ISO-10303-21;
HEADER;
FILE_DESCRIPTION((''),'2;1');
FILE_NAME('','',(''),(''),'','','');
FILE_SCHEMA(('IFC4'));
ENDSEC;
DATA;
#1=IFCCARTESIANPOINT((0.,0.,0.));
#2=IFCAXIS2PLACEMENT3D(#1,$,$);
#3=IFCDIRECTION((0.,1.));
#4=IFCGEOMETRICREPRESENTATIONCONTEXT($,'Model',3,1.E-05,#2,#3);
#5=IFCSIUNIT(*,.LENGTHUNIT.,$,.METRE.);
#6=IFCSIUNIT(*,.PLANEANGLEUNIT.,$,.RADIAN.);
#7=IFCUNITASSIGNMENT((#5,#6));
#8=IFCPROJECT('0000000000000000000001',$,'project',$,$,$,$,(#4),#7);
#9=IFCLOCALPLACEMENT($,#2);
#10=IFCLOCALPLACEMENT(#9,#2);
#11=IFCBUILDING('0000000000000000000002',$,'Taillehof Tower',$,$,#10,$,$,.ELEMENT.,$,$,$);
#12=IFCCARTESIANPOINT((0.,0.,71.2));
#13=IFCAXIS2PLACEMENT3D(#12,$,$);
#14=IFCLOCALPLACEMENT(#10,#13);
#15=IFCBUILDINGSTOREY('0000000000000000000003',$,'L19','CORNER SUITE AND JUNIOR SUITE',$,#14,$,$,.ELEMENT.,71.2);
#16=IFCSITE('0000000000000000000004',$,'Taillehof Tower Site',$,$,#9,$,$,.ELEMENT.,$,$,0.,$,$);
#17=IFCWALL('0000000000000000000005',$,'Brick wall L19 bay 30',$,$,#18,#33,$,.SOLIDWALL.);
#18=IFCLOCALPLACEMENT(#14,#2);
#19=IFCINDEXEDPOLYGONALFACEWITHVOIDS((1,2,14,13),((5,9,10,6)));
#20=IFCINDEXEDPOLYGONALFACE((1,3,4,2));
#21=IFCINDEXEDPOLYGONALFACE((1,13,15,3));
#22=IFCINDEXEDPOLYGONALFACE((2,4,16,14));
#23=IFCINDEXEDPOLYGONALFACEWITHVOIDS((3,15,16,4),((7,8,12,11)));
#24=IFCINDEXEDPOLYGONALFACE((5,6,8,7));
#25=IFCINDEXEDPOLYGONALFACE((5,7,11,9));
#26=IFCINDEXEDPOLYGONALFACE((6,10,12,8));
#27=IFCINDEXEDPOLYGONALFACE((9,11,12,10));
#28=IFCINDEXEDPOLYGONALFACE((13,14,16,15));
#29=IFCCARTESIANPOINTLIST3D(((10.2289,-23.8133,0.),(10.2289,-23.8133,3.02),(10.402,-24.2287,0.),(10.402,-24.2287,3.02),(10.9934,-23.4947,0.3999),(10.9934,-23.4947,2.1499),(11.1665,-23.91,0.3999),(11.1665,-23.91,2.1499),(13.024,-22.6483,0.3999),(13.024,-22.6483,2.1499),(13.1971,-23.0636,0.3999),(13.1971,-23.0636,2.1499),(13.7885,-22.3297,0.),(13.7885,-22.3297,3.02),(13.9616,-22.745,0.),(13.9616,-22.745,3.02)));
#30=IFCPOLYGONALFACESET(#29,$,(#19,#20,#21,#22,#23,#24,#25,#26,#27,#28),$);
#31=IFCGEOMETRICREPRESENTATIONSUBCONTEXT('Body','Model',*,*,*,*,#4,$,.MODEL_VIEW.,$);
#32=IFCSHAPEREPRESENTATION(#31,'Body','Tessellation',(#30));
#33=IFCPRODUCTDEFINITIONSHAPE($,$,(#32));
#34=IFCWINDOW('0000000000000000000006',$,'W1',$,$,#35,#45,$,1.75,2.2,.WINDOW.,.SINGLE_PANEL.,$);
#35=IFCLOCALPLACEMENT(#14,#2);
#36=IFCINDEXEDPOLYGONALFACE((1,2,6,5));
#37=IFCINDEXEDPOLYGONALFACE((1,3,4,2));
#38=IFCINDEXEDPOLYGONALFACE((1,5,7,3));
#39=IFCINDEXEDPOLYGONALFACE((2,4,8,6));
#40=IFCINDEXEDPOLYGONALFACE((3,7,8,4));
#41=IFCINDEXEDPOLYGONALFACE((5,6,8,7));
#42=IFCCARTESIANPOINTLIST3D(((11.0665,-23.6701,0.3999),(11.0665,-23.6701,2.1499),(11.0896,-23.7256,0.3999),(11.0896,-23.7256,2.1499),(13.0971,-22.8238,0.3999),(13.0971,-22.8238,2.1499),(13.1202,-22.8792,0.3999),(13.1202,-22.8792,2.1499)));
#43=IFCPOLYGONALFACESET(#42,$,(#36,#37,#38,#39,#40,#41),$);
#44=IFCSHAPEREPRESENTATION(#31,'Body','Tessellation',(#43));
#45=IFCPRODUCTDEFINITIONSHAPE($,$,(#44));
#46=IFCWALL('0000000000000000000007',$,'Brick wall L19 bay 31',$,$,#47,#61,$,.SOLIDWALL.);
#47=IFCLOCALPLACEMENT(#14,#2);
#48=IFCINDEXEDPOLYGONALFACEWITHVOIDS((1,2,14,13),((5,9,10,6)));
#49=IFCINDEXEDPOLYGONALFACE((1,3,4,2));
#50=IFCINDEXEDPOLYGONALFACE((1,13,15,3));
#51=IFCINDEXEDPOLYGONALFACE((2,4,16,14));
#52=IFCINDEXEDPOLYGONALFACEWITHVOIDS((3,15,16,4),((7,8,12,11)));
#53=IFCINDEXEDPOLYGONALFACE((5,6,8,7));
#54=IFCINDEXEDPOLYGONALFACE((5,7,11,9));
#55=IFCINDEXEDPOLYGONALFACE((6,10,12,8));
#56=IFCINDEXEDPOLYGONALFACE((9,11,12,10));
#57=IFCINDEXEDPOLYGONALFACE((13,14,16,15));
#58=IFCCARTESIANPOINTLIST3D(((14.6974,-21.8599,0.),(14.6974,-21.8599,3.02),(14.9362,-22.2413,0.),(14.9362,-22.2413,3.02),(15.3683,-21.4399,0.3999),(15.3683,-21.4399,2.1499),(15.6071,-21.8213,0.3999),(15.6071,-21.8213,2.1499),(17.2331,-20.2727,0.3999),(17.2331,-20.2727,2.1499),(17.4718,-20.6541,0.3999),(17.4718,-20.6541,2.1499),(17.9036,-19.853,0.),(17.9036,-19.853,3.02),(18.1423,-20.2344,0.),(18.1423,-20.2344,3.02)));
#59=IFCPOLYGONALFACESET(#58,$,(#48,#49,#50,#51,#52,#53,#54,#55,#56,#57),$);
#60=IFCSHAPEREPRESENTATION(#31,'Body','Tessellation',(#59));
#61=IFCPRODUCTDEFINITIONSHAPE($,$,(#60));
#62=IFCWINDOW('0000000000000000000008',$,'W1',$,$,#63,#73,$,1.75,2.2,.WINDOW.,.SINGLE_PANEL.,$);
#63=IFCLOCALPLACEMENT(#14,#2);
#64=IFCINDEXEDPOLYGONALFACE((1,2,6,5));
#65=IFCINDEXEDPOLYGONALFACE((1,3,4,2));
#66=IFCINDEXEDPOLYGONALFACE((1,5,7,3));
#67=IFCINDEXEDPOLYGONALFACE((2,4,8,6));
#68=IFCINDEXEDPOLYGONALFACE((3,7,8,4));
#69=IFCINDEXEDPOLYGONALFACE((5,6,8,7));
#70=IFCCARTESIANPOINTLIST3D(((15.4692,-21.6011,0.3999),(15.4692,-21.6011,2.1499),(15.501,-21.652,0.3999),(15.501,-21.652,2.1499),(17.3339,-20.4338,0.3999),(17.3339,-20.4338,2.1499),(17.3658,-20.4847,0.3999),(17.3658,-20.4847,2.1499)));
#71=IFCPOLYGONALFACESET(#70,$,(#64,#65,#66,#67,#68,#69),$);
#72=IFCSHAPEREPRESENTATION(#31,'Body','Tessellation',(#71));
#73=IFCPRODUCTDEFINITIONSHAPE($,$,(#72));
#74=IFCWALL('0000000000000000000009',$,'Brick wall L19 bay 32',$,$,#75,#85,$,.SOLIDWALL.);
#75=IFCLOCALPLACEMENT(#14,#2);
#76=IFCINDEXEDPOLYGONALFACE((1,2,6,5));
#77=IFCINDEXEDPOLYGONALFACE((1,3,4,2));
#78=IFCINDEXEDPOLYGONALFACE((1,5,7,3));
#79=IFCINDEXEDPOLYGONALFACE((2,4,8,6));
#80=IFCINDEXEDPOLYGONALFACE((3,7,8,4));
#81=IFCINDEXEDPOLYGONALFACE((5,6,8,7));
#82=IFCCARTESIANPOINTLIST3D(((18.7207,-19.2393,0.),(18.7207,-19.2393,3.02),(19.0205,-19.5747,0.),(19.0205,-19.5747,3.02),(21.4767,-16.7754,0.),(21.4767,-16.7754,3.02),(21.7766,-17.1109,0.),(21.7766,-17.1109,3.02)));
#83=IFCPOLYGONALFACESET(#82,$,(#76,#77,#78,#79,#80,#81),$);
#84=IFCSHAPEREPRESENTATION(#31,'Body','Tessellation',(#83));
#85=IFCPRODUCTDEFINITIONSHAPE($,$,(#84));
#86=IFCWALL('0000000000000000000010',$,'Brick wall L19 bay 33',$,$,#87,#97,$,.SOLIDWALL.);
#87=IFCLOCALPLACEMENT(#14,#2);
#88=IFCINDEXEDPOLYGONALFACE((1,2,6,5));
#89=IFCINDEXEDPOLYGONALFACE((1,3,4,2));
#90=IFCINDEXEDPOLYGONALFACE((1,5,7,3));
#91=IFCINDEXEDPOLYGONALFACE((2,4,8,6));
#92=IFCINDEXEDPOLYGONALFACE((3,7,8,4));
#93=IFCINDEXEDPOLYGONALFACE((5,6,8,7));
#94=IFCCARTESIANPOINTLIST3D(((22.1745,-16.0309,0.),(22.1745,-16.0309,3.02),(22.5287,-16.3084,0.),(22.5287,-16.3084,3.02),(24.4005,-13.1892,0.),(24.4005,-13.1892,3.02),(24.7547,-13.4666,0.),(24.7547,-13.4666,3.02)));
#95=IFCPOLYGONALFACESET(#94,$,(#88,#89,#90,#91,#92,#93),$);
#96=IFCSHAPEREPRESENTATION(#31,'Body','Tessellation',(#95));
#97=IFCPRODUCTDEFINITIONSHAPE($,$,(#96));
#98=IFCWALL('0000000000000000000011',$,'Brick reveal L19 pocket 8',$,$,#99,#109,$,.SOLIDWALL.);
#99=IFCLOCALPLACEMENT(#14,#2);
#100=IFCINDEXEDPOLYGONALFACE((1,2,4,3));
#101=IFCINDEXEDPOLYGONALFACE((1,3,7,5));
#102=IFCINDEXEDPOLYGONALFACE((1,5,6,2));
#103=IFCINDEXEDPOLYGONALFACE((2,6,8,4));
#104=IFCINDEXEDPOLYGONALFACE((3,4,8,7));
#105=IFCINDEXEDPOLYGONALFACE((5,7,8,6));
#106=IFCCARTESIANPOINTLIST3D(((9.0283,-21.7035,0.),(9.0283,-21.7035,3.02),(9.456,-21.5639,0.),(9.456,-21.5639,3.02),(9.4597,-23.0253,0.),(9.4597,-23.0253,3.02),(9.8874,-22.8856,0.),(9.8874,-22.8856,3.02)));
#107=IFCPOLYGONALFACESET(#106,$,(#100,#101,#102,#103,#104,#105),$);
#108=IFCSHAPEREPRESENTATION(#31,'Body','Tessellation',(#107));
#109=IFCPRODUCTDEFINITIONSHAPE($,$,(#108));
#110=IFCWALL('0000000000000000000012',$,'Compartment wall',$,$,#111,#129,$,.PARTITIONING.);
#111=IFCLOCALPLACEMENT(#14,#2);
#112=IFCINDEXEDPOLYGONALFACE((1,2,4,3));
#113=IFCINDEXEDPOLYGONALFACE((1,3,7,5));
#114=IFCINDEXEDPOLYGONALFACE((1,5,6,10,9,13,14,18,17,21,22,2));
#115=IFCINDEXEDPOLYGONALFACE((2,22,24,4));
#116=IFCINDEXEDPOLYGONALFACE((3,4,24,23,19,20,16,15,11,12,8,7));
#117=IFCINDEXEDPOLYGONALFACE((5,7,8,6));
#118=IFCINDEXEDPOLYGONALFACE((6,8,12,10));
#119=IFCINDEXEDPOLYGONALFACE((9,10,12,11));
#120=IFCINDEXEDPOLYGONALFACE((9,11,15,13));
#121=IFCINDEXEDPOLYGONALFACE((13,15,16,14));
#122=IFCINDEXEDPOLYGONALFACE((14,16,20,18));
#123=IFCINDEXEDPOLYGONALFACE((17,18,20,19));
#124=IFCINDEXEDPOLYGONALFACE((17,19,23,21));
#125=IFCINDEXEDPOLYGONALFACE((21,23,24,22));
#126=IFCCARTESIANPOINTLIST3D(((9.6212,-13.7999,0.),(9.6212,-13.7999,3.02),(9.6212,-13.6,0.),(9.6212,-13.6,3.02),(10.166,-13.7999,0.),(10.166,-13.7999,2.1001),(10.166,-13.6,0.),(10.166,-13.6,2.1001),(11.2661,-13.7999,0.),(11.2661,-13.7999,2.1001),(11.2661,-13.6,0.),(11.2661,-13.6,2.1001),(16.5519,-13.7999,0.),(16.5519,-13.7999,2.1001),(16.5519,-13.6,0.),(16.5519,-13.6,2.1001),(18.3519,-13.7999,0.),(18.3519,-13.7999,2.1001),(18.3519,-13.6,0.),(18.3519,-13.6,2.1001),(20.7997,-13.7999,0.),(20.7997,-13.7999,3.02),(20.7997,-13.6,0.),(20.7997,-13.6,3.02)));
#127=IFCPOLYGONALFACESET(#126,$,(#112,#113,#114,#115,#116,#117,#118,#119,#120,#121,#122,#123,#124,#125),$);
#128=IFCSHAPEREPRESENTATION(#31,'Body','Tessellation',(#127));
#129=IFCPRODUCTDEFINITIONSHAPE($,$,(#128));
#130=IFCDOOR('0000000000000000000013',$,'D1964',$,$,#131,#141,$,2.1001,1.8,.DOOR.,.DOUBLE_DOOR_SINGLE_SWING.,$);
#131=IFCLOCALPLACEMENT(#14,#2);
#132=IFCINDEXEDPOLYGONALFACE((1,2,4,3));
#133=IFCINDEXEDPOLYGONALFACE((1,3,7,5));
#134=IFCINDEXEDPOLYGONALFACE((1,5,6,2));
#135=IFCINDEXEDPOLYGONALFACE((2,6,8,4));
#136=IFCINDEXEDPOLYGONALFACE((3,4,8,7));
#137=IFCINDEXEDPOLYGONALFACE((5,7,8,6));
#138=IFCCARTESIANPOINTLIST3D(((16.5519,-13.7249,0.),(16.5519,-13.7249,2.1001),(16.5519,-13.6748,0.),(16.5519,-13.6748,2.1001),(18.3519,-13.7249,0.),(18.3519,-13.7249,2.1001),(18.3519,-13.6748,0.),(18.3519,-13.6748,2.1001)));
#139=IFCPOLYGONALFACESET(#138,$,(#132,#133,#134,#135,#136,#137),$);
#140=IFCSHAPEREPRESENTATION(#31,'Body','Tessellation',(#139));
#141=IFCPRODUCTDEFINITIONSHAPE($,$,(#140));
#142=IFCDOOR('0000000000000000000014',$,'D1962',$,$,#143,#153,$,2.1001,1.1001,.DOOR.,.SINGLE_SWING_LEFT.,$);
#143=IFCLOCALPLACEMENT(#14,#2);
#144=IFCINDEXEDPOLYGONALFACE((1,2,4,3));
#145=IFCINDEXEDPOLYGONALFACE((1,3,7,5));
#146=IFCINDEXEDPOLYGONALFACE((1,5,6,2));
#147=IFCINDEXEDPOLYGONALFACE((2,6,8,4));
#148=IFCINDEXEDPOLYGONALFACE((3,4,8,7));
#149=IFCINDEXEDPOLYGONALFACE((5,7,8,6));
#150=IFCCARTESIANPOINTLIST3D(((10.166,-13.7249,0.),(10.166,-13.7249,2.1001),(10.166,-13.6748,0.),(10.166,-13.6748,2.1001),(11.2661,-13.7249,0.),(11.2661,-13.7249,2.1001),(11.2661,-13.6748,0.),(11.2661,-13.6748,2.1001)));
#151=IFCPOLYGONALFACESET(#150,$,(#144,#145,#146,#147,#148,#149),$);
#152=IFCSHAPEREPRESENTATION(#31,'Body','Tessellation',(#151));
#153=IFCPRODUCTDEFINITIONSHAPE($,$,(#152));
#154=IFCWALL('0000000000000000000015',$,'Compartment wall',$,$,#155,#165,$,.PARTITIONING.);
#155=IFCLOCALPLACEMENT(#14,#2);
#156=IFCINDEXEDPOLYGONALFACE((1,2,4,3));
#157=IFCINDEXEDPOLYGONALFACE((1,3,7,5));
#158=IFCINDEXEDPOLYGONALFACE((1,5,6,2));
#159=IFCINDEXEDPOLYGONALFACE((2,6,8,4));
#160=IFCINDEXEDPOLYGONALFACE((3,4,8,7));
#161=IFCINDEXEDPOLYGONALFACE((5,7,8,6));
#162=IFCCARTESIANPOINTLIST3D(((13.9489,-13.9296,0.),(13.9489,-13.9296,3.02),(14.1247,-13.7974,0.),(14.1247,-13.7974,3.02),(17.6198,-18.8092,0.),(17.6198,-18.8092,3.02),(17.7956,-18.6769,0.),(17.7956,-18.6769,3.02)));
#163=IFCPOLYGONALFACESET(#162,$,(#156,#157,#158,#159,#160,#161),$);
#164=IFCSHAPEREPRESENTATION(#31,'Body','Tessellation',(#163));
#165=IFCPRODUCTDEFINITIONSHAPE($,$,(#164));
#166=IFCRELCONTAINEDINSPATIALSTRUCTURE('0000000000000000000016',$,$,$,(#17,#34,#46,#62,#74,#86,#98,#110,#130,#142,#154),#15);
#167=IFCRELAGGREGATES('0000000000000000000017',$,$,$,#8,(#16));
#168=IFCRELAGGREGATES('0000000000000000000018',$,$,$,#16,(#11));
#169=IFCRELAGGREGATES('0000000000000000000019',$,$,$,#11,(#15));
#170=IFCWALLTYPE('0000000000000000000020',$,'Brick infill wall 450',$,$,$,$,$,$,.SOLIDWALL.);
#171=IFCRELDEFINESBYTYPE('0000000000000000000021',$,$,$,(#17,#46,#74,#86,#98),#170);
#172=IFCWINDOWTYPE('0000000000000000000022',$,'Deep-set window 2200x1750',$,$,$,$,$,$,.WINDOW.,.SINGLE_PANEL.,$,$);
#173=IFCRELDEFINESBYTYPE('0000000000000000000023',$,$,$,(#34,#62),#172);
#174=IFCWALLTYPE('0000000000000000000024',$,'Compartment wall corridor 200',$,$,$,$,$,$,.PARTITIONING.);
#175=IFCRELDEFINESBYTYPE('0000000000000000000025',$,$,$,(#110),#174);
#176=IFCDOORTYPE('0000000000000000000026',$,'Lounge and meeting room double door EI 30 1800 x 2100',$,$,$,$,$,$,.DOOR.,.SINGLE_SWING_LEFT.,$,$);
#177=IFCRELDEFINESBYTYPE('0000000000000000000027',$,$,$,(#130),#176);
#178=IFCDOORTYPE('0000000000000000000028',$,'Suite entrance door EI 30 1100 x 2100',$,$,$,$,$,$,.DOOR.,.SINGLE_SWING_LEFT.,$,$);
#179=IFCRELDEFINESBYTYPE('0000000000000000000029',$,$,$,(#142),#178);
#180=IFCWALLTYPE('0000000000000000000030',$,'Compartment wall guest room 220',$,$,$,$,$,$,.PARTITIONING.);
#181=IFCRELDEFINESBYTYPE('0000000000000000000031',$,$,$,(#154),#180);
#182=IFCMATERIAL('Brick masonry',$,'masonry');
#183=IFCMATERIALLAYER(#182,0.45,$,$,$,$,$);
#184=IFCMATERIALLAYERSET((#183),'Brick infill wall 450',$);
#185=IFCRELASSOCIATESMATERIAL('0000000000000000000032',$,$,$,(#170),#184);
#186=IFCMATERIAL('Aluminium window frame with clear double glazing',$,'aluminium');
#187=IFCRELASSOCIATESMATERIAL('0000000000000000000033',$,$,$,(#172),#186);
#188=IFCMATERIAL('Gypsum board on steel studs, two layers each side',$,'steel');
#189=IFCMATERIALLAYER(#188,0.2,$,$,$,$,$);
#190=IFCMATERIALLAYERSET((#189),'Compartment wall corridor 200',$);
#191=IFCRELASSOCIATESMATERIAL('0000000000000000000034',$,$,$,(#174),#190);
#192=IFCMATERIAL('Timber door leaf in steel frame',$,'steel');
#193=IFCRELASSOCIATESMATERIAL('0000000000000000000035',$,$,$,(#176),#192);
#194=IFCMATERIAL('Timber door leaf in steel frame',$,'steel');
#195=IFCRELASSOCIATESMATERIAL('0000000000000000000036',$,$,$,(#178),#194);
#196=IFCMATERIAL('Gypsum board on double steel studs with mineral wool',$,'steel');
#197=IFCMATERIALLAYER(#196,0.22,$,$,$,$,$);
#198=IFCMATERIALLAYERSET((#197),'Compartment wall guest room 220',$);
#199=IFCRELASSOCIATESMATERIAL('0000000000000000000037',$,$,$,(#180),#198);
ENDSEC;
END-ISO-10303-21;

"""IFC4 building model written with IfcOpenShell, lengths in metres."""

from ifc_helpers import new_model, si_unit, direction, frame, frame_2d, origin, place, context, subcontext, project, spatial, rectangle, extrude, material, layer, layer_set, type_object, element, fill, save


model = new_model("IFC4")

# Units and contexts
model_context = context("Model", 3, precision=1e-05, world=origin(), true_north=direction((0.0, 1.0)))
body_context = subcontext(model_context, "Body", "Model", "MODEL_VIEW")
ifc_project = project(units=[si_unit("LENGTHUNIT", "METRE"), si_unit("PLANEANGLEUNIT", "RADIAN")], contexts=[model_context])

# Site, building, storey
site_placement = place(None, origin())
site = spatial("IfcSite", under=ifc_project, at=site_placement, Name="Taillehof Tower Site", CompositionType="ELEMENT", RefElevation=0.0)
building_placement = place(site_placement, origin())
building = spatial("IfcBuilding", under=site, at=building_placement, Name="Taillehof Tower", CompositionType="ELEMENT")
storey_placement = place(building_placement, frame((0.0, 0.0, 71.2)))
storey = spatial("IfcBuildingStorey", under=building, at=storey_placement, Name="L19", Description="CORNER SUITE AND JUNIOR SUITE", CompositionType="ELEMENT", Elevation=71.2)

# Walls, openings, windows
ifc_material_1 = material(Name="Brick masonry", Category="masonry")
ifc_layer_1 = layer(ifc_material_1, 0.45)
ifc_layer_set_1 = layer_set([ifc_layer_1], Name="Brick infill wall 450")
wall_type_1 = type_object("IfcWallType", Name="Brick infill wall 450", PredefinedType="SOLIDWALL", material=ifc_layer_set_1)
wall_1_placement = place(storey_placement, frame((10.3154, -24.021, 0.0), z_axis=(0.0, 0.0, 1.0), x_axis=(0.923032, 0.384723, 0.0)))
wall_1 = element("IfcWall", 1, at=wall_1_placement, inside=storey, type_object=wall_type_1, Name="Brick wall L19 bay 30", PredefinedType="SOLIDWALL", context=body_context, shape_type="SweptSolid", body=[
    extrude(rectangle(XDim=3.8564, YDim=0.45, at=frame_2d((1.9282, 0.0))), origin(), (0.0, 0.0, 1.0), 3.02),
])
opening_1_placement = place(wall_1_placement, frame((0.8281, 0.0, 0.3999)))
opening_1 = element("IfcOpeningElement", 2, at=opening_1_placement, cuts=wall_1, PredefinedType="OPENING", context=body_context, shape_type="SweptSolid", body=[
    extrude(rectangle(XDim=2.2, YDim=1.75, at=frame_2d((1.1001, 0.875))), frame((0.0, 0.2349, 0.0), z_axis=(0.0, -1.0, 0.0), x_axis=(1.0, 0.0, 0.0)), (0.0, 0.0, 1.0), 0.47),
])
ifc_material_2 = material(Name="Aluminium window frame with clear double glazing", Category="aluminium")
window_type = type_object("IfcWindowType", Name="Deep-set window 2200x1750", PartitioningType="SINGLE_PANEL", PredefinedType="WINDOW", material=ifc_material_2)
window_1_placement = place(opening_1_placement, origin())
window_1 = element("IfcWindow", 3, at=window_1_placement, inside=storey, type_object=window_type, Name="W1", OverallHeight=1.75, OverallWidth=2.2, PartitioningType="SINGLE_PANEL", PredefinedType="WINDOW", context=body_context, shape_type="SweptSolid", body=[
    extrude(rectangle(XDim=2.2, YDim=1.75, at=frame_2d((1.1001, 0.875))), frame((0.0, 0.0349, 0.0), z_axis=(0.0, -1.0, 0.0), x_axis=(1.0, 0.0, 0.0)), (0.0, 0.0, 1.0), 0.0601),
])
fill(opening_1, window_1)
wall_2_placement = place(storey_placement, frame((14.8169, -22.0505, 0.0), z_axis=(0.0, 0.0, 1.0), x_axis=(0.847635, 0.530579, 0.0)))
wall_2 = element("IfcWall", 4, at=wall_2_placement, inside=storey, type_object=wall_type_1, Name="Brick wall L19 bay 31", PredefinedType="SOLIDWALL", context=body_context, shape_type="SweptSolid", body=[
    extrude(rectangle(XDim=3.7825, YDim=0.45, at=frame_2d((1.8911, 0.0))), origin(), (0.0, 0.0, 1.0), 3.02),
])
opening_2_placement = place(wall_2_placement, frame((0.7913, 0.0, 0.3999)))
opening_2 = element("IfcOpeningElement", 5, at=opening_2_placement, cuts=wall_2, PredefinedType="OPENING", context=body_context, shape_type="SweptSolid", body=[
    extrude(rectangle(XDim=2.2, YDim=1.75, at=frame_2d((1.1001, 0.875))), frame((0.0, 0.2349, 0.0), z_axis=(0.0, -1.0, 0.0), x_axis=(1.0, 0.0, 0.0)), (0.0, 0.0, 1.0), 0.47),
])
window_2_placement = place(opening_2_placement, origin())
window_2 = element("IfcWindow", 6, at=window_2_placement, inside=storey, type_object=window_type, Name="W1", OverallHeight=1.75, OverallWidth=2.2, PartitioningType="SINGLE_PANEL", PredefinedType="WINDOW", context=body_context, shape_type="SweptSolid", body=[
    extrude(rectangle(XDim=2.2, YDim=1.75, at=frame_2d((1.1001, 0.875))), frame((0.0, 0.0349, 0.0), z_axis=(0.0, -1.0, 0.0), x_axis=(1.0, 0.0, 0.0)), (0.0, 0.0, 1.0), 0.0601),
])
fill(opening_2, window_2)

# Walls
wall_3_placement = place(storey_placement, frame((18.8706, -19.407, 0.0), z_axis=(0.0, 0.0, 1.0), x_axis=(0.745526, 0.666476, 0.0)))
element("IfcWall", 7, at=wall_3_placement, inside=storey, type_object=wall_type_1, Name="Brick wall L19 bay 32", PredefinedType="SOLIDWALL", context=body_context, shape_type="SweptSolid", body=[
    extrude(rectangle(XDim=3.6968, YDim=0.45, at=frame_2d((1.8484, 0.0))), origin(), (0.0, 0.0, 1.0), 3.02),
])
wall_4_placement = place(storey_placement, frame((22.3516, -16.1697, 0.0), z_axis=(0.0, 0.0, 1.0), x_axis=(0.616662, 0.787228, 0.0)))
element("IfcWall", 8, at=wall_4_placement, inside=storey, type_object=wall_type_1, Name="Brick wall L19 bay 33", PredefinedType="SOLIDWALL", context=body_context, shape_type="SweptSolid", body=[
    extrude(rectangle(XDim=3.6099, YDim=0.45, at=frame_2d((1.8049, 0.0))), origin(), (0.0, 0.0, 1.0), 3.02),
])
wall_5_placement = place(storey_placement, frame((9.6736, -22.9556, 0.0), z_axis=(0.0, 0.0, 1.0), x_axis=(-0.310269, 0.950649, 0.0)))
element("IfcWall", 9, at=wall_5_placement, inside=storey, type_object=wall_type_1, Name="Brick reveal L19 pocket 8", PredefinedType="SOLIDWALL", context=body_context, shape_type="SweptSolid", body=[
    extrude(rectangle(XDim=1.3904, YDim=0.45, at=frame_2d((0.6953, 0.0))), origin(), (0.0, 0.0, 1.0), 3.02),
])

# Wall, openings, doors
ifc_material_3 = material(Name="Gypsum board on steel studs, two layers each side", Category="steel")
ifc_layer_2 = layer(ifc_material_3, 0.2)
ifc_layer_set_2 = layer_set([ifc_layer_2], Name="Compartment wall corridor 200")
wall_type_2 = type_object("IfcWallType", Name="Compartment wall corridor 200", PredefinedType="PARTITIONING", material=ifc_layer_set_2)
wall_6_placement = place(storey_placement, frame((20.7998, -13.7, 0.0), z_axis=(0.0, 0.0, 1.0), x_axis=(-1.0, 0.0, 0.0)))
wall_6 = element("IfcWall", 10, at=wall_6_placement, inside=storey, type_object=wall_type_2, Name="Compartment wall", PredefinedType="PARTITIONING", context=body_context, shape_type="SweptSolid", body=[
    extrude(rectangle(XDim=11.1785, YDim=0.2, at=frame_2d((5.5894, 0.0))), origin(), (0.0, 0.0, 1.0), 3.02),
])
opening_3_placement = place(wall_6_placement, frame((9.5337, 0.0, 0.0)))
opening_3 = element("IfcOpeningElement", 11, at=opening_3_placement, cuts=wall_6, PredefinedType="OPENING", context=body_context, shape_type="SweptSolid", body=[
    extrude(rectangle(XDim=1.1001, YDim=2.1001, at=frame_2d((0.55, 1.05))), frame((0.0, 0.1099, 0.0), z_axis=(0.0, -1.0, 0.0), x_axis=(1.0, 0.0, 0.0)), (0.0, 0.0, 1.0), 0.22),
])
opening_4_placement = place(wall_6_placement, frame((2.448, 0.0, 0.0)))
opening_4 = element("IfcOpeningElement", 12, at=opening_4_placement, cuts=wall_6, PredefinedType="OPENING", context=body_context, shape_type="SweptSolid", body=[
    extrude(rectangle(XDim=1.8, YDim=2.1001, at=frame_2d((0.8999, 1.05))), frame((0.0, 0.1099, 0.0), z_axis=(0.0, -1.0, 0.0), x_axis=(1.0, 0.0, 0.0)), (0.0, 0.0, 1.0), 0.22),
])
ifc_material_4 = material(Name="Timber door leaf in steel frame", Category="steel")
door_type_1 = type_object("IfcDoorType", Name="Lounge and meeting room double door EI 30 1800 x 2100", OperationType="SINGLE_SWING_LEFT", PredefinedType="DOOR", material=ifc_material_4)
door_1_placement = place(opening_4_placement, origin())
door_1 = element("IfcDoor", 13, at=door_1_placement, inside=storey, type_object=door_type_1, Name="D1964", OperationType="DOUBLE_DOOR_SINGLE_SWING", OverallHeight=2.1001, OverallWidth=1.8, PredefinedType="DOOR", context=body_context, shape_type="SweptSolid", body=[
    extrude(rectangle(XDim=1.8, YDim=2.1001, at=frame_2d((0.8999, 1.05))), frame((0.0, 0.0249, 0.0), z_axis=(0.0, -1.0, 0.0), x_axis=(1.0, 0.0, 0.0)), (0.0, 0.0, 1.0), 0.05),
])
fill(opening_4, door_1)
ifc_material_5 = material(Name="Timber door leaf in steel frame", Category="steel")
door_type_2 = type_object("IfcDoorType", Name="Suite entrance door EI 30 1100 x 2100", OperationType="SINGLE_SWING_LEFT", PredefinedType="DOOR", material=ifc_material_5)
door_2_placement = place(opening_3_placement, origin())
door_2 = element("IfcDoor", 14, at=door_2_placement, inside=storey, type_object=door_type_2, Name="D1962", OperationType="SINGLE_SWING_LEFT", OverallHeight=2.1001, OverallWidth=1.1001, PredefinedType="DOOR", context=body_context, shape_type="SweptSolid", body=[
    extrude(rectangle(XDim=1.1001, YDim=2.1001, at=frame_2d((0.55, 1.05))), frame((0.0, 0.0249, 0.0), z_axis=(0.0, -1.0, 0.0), x_axis=(1.0, 0.0, 0.0)), (0.0, 0.0, 1.0), 0.05),
])
fill(opening_3, door_2)

# Wall
ifc_material_6 = material(Name="Gypsum board on double steel studs with mineral wool", Category="steel")
ifc_layer_3 = layer(ifc_material_6, 0.22)
ifc_layer_set_3 = layer_set([ifc_layer_3], Name="Compartment wall guest room 220")
wall_type_3 = type_object("IfcWallType", Name="Compartment wall guest room 220", PredefinedType="PARTITIONING", material=ifc_layer_set_3)
wall_7_placement = place(storey_placement, frame((17.7078, -18.7432, 0.0), z_axis=(0.0, 0.0, 1.0), x_axis=(-0.60117, 0.799121, 0.0)))
element("IfcWall", 15, at=wall_7_placement, inside=storey, type_object=wall_type_3, Name="Compartment wall", PredefinedType="PARTITIONING", context=body_context, shape_type="SweptSolid", body=[
    extrude(rectangle(XDim=6.1062, YDim=0.22, at=frame_2d((3.0532, 0.0))), origin(), (0.0, 0.0, 1.0), 3.02),
])

save(model, "model.ifc")
